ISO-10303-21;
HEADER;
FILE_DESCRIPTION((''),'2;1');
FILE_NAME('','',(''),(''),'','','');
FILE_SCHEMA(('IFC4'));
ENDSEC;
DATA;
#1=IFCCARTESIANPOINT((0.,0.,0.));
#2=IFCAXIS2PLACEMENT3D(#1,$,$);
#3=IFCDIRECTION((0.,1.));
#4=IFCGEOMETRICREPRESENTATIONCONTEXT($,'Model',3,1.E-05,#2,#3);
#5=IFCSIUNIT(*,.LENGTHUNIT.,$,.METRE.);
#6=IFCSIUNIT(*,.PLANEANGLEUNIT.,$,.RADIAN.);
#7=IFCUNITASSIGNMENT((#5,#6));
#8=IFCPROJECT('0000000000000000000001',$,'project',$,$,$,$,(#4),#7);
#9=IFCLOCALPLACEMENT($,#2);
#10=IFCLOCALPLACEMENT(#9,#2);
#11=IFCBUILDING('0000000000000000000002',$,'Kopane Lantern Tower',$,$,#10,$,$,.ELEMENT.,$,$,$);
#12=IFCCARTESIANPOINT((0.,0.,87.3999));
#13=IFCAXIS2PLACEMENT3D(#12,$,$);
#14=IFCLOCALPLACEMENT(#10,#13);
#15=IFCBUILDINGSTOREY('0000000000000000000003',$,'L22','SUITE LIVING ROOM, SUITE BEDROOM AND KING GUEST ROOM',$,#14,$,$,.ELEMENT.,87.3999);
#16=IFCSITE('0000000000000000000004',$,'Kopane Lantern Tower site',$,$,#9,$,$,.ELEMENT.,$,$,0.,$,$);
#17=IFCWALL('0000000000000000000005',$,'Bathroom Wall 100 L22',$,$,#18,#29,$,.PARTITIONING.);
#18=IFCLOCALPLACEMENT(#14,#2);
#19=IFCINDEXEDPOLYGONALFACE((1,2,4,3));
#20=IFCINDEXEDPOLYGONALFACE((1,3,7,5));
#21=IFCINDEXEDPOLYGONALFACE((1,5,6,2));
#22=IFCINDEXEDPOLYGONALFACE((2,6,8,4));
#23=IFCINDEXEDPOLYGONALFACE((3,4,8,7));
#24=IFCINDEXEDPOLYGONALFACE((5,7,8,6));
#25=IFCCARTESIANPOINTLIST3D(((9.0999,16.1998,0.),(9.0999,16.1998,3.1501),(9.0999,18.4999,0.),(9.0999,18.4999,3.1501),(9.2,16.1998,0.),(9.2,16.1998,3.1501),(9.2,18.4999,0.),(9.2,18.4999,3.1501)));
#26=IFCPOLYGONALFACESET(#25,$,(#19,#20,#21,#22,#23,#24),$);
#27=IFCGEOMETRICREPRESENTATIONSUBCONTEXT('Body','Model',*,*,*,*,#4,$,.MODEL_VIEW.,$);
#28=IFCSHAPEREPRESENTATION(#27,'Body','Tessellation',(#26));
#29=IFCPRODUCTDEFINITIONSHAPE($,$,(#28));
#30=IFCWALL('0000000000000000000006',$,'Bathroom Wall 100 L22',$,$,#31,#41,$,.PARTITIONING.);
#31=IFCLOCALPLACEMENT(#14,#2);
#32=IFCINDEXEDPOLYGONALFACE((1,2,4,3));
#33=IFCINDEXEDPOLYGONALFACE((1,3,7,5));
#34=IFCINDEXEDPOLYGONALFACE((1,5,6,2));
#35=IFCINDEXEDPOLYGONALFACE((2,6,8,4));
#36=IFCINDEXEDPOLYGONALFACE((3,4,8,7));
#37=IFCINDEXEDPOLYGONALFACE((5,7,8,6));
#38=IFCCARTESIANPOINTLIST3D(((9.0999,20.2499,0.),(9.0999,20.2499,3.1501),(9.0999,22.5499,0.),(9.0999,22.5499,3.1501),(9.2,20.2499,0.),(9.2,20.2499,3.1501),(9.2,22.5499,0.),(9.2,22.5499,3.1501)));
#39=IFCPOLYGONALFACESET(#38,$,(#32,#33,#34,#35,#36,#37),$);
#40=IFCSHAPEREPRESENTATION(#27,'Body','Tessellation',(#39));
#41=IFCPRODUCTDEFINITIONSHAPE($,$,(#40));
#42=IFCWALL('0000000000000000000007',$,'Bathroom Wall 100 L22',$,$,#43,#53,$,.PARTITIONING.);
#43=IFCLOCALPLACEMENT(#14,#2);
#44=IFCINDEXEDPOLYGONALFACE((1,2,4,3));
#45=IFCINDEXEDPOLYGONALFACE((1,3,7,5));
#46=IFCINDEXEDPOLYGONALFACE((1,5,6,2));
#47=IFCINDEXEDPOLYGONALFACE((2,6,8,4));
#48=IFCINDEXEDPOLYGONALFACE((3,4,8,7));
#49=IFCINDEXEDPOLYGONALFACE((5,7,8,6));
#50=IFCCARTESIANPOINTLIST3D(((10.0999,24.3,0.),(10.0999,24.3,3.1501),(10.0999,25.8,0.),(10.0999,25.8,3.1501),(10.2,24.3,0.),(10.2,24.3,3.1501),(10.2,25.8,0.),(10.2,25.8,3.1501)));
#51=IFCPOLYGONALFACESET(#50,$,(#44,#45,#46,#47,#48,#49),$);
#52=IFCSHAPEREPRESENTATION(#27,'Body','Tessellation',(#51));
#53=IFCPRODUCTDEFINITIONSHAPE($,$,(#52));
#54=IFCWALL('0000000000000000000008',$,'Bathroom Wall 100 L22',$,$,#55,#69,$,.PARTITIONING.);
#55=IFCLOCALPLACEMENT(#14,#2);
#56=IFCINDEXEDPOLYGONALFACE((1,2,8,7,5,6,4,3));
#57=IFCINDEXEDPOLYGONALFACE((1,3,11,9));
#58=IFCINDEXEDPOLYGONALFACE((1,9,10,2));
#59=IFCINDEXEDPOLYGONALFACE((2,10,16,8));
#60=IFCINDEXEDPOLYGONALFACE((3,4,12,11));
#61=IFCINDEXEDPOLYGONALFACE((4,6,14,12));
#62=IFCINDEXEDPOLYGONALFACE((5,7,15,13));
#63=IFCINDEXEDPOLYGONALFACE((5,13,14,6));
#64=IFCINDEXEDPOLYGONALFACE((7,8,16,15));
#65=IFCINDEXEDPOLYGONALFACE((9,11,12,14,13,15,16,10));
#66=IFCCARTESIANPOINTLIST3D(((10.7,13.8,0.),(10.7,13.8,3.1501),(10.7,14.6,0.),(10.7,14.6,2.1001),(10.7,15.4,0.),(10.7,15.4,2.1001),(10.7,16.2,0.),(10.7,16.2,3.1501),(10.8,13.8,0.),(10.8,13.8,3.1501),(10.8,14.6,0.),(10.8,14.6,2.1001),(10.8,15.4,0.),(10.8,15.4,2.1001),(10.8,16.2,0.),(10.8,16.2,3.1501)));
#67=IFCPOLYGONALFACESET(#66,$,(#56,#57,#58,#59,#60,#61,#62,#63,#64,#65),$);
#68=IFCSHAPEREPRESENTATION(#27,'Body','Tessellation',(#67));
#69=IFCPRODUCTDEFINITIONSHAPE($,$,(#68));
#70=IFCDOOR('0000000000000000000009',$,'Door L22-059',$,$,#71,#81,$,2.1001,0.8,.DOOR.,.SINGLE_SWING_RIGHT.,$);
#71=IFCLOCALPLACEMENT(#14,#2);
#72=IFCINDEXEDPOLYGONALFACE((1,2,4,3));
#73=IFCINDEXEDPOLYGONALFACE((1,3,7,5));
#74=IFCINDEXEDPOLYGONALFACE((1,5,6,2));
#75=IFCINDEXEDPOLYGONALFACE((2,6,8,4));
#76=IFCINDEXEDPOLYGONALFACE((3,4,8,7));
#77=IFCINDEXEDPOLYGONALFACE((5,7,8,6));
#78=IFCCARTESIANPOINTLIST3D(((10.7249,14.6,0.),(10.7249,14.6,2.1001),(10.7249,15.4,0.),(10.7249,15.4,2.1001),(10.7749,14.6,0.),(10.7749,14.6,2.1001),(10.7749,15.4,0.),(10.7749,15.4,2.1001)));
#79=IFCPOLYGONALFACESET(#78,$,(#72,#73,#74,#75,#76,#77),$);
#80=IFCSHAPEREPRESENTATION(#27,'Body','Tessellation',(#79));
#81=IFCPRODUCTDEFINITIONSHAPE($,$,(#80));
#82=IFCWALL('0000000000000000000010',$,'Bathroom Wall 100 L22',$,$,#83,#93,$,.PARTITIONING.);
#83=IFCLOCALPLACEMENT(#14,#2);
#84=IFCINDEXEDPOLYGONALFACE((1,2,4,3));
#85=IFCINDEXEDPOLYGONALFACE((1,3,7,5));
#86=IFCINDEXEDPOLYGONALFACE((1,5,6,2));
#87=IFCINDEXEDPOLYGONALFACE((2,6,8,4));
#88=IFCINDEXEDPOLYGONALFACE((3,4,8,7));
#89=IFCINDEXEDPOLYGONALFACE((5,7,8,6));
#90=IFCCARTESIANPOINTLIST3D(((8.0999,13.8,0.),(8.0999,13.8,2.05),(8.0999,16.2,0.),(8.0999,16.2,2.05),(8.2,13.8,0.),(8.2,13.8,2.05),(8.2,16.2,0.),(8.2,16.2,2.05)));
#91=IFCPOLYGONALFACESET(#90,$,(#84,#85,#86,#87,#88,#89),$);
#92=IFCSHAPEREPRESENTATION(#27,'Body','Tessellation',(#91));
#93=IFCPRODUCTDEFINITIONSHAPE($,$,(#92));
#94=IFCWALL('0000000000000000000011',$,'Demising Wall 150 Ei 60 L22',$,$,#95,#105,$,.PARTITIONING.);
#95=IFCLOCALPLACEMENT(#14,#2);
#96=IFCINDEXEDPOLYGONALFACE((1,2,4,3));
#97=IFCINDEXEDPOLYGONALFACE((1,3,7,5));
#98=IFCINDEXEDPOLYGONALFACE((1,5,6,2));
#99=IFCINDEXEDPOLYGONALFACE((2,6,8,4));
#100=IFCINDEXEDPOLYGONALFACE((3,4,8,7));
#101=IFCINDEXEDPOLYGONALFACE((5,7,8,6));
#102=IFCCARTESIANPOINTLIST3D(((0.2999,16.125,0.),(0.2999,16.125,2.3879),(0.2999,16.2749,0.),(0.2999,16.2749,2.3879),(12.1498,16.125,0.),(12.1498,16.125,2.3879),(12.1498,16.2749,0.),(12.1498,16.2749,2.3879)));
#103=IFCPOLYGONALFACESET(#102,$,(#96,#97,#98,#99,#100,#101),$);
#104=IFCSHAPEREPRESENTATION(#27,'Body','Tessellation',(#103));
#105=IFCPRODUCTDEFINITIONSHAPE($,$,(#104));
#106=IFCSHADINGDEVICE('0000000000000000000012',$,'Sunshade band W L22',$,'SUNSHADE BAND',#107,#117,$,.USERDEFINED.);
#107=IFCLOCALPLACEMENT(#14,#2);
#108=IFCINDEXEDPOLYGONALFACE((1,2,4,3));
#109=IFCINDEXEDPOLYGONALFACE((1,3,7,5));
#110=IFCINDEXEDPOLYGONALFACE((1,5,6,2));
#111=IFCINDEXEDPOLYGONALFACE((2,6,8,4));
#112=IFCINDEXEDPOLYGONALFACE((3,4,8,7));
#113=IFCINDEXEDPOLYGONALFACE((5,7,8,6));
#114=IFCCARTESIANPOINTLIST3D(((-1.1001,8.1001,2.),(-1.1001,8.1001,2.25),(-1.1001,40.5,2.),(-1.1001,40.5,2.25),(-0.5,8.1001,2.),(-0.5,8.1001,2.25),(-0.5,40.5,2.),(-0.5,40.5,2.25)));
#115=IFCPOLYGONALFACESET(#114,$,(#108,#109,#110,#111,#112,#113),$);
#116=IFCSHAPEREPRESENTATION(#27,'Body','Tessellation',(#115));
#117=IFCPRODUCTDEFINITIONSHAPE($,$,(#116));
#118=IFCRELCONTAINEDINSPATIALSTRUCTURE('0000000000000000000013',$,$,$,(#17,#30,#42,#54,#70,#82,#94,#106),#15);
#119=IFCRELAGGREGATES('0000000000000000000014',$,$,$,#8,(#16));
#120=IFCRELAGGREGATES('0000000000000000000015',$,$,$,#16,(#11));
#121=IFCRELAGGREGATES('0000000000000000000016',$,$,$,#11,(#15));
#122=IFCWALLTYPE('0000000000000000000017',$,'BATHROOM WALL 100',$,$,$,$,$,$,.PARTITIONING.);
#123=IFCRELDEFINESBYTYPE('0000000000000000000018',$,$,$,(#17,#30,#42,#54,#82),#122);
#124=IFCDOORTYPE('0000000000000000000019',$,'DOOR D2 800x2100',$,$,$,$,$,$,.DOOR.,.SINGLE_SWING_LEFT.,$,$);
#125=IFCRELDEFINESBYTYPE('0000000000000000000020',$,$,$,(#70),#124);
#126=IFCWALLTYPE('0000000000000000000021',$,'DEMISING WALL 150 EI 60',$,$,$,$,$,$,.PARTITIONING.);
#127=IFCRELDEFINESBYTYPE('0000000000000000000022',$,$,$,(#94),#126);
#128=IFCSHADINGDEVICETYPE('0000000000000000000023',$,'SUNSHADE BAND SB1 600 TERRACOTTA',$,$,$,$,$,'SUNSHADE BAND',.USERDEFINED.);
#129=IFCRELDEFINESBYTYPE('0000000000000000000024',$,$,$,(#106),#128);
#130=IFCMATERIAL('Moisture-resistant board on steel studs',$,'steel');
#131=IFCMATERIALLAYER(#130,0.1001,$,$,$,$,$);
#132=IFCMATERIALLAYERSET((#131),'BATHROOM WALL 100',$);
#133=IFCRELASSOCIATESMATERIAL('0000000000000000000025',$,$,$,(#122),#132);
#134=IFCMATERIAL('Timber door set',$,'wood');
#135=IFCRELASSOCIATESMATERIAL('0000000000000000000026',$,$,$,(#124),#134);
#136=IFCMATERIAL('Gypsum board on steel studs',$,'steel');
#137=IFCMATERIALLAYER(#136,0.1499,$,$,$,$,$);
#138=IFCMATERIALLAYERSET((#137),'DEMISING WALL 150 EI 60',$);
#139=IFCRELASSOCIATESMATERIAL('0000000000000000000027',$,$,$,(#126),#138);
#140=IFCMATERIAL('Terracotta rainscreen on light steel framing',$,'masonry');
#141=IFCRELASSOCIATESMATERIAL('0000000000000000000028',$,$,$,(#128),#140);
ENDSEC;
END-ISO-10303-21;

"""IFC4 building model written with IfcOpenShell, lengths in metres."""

from ifc_helpers import new_model, si_unit, direction, frame, frame_2d, origin, origin_2d, place, context, subcontext, project, spatial, rectangle, extrude, material, layer, layer_set, type_object, element, fill, save


model = new_model("IFC4")

# Units and contexts
model_context = context("Model", 3, precision=1e-05, world=origin(), true_north=direction((0.0, 1.0)))
body_context = subcontext(model_context, "Body", "Model", "MODEL_VIEW")
ifc_project = project(units=[si_unit("LENGTHUNIT", "METRE"), si_unit("PLANEANGLEUNIT", "RADIAN")], contexts=[model_context])

# Site, building, storey
site_placement = place(None, origin())
site = spatial("IfcSite", under=ifc_project, at=site_placement, Name="Kopane Lantern Tower site", CompositionType="ELEMENT", RefElevation=0.0)
building_placement = place(site_placement, origin())
building = spatial("IfcBuilding", under=site, at=building_placement, Name="Kopane Lantern Tower", CompositionType="ELEMENT")
storey_placement = place(building_placement, frame((0.0, 0.0, 87.3999)))
storey = spatial("IfcBuildingStorey", under=building, at=storey_placement, Name="L22", Description="SUITE LIVING ROOM, SUITE BEDROOM AND KING GUEST ROOM", CompositionType="ELEMENT", Elevation=87.3999)

# Walls
ifc_material_1 = material(Name="Moisture-resistant board on steel studs", Category="steel")
ifc_layer_1 = layer(ifc_material_1, 0.1001)
ifc_layer_set_1 = layer_set([ifc_layer_1], Name="BATHROOM WALL 100")
wall_type_1 = type_object("IfcWallType", Name="BATHROOM WALL 100", PredefinedType="PARTITIONING", material=ifc_layer_set_1)
for number, where, z_axis, x_axis, name in (
    (1, (9.1499, 16.2, 0.0), (0.0, 0.0, 1.0), (0.0, 1.0, 0.0), "Bathroom Wall 100 L22"),
    (2, (9.1499, 20.25, 0.0), (0.0, 0.0, 1.0), (0.0, 1.0, 0.0), "Bathroom Wall 100 L22"),
):
    element("IfcWall", number, at=place(storey_placement, frame(where, z_axis=z_axis, x_axis=x_axis)), inside=storey, type_object=wall_type_1, Name=name, PredefinedType="PARTITIONING", context=body_context, shape_type="SweptSolid", body=[
        extrude(rectangle(XDim=2.3, YDim=0.1001, at=frame_2d((1.1499, 0.0))), origin(), (0.0, 0.0, 1.0), 3.1501),
    ])
wall_1_placement = place(storey_placement, frame((10.1499, 24.3, 0.0), z_axis=(0.0, 0.0, 1.0), x_axis=(0.0, 1.0, 0.0)))
element("IfcWall", 3, at=wall_1_placement, inside=storey, type_object=wall_type_1, Name="Bathroom Wall 100 L22", PredefinedType="PARTITIONING", context=body_context, shape_type="SweptSolid", body=[
    extrude(rectangle(XDim=1.5, YDim=0.1001, at=frame_2d((0.75, 0.0))), origin(), (0.0, 0.0, 1.0), 3.1501),
])

# Wall, opening, door
wall_2_placement = place(storey_placement, frame((10.75, 16.2, 0.0), z_axis=(0.0, 0.0, 1.0), x_axis=(0.0, -1.0, 0.0)))
wall_2 = element("IfcWall", 4, at=wall_2_placement, inside=storey, type_object=wall_type_1, Name="Bathroom Wall 100 L22", PredefinedType="PARTITIONING", context=body_context, shape_type="SweptSolid", body=[
    extrude(rectangle(XDim=2.3999, YDim=0.1001, at=frame_2d((1.2, 0.0))), origin(), (0.0, 0.0, 1.0), 3.1501),
])
opening_1_placement = place(wall_2_placement, frame((0.8, 0.0, 0.0)))
opening_1 = element("IfcOpeningElement", 5, at=opening_1_placement, cuts=wall_2, PredefinedType="OPENING", context=body_context, shape_type="SweptSolid", body=[
    extrude(rectangle(XDim=0.8, YDim=2.1001, at=frame_2d((0.3999, 1.05))), frame((0.0, 0.0601, 0.0), z_axis=(0.0, -1.0, 0.0), x_axis=(1.0, 0.0, 0.0)), (0.0, 0.0, 1.0), 0.1201),
])
ifc_material_2 = material(Name="Timber door set", Category="wood")
door_type_1 = type_object("IfcDoorType", Name="DOOR D2 800x2100", OperationType="SINGLE_SWING_LEFT", PredefinedType="DOOR", material=ifc_material_2)
door_1_placement = place(opening_1_placement, origin())
door_1 = element("IfcDoor", 6, at=door_1_placement, inside=storey, type_object=door_type_1, Name="Door L22-059", OperationType="SINGLE_SWING_RIGHT", OverallHeight=2.1001, OverallWidth=0.8, PredefinedType="DOOR", context=body_context, shape_type="SweptSolid", body=[
    extrude(rectangle(XDim=0.8, YDim=2.1001, at=frame_2d((0.3999, 1.05))), frame((0.0, 0.0249, 0.0), z_axis=(0.0, -1.0, 0.0), x_axis=(1.0, 0.0, 0.0)), (0.0, 0.0, 1.0), 0.05),
])
fill(opening_1, door_1)

# Walls
wall_3_placement = place(storey_placement, frame((8.1499, 16.2, 0.0), z_axis=(0.0, 0.0, 1.0), x_axis=(0.0, -1.0, 0.0)))
element("IfcWall", 7, at=wall_3_placement, inside=storey, type_object=wall_type_1, Name="Bathroom Wall 100 L22", PredefinedType="PARTITIONING", context=body_context, shape_type="SweptSolid", body=[
    extrude(rectangle(XDim=2.3999, YDim=0.1001, at=frame_2d((1.2, 0.0))), origin(), (0.0, 0.0, 1.0), 2.05),
])
ifc_material_3 = material(Name="Gypsum board on steel studs", Category="steel")
ifc_layer_2 = layer(ifc_material_3, 0.1499)
ifc_layer_set_2 = layer_set([ifc_layer_2], Name="DEMISING WALL 150 EI 60")
wall_type_2 = type_object("IfcWallType", Name="DEMISING WALL 150 EI 60", PredefinedType="PARTITIONING", material=ifc_layer_set_2)
wall_4_placement = place(storey_placement, frame((0.3, 16.2, 0.0), z_axis=(0.0, 0.0, 1.0), x_axis=(1.0, 0.0, 0.0)))
element("IfcWall", 8, at=wall_4_placement, inside=storey, type_object=wall_type_2, Name="Demising Wall 150 Ei 60 L22", PredefinedType="PARTITIONING", context=body_context, shape_type="SweptSolid", body=[
    extrude(rectangle(XDim=11.8499, YDim=0.1499, at=frame_2d((5.9248, 0.0))), origin(), (0.0, 0.0, 1.0), 2.3879),
])

# Shading device
ifc_material_4 = material(Name="Terracotta rainscreen on light steel framing", Category="masonry")
shading_device_type = type_object("IfcShadingDeviceType", Name="SUNSHADE BAND SB1 600 TERRACOTTA", ElementType="SUNSHADE BAND", PredefinedType="USERDEFINED", material=ifc_material_4)
shading_device_placement = place(storey_placement, frame((-0.8, 24.3, 2.0), z_axis=(0.0, 0.0, 1.0), x_axis=(0.0, -1.0, 0.0)))
element("IfcShadingDevice", 9, at=shading_device_placement, inside=storey, type_object=shading_device_type, Name="Sunshade band W L22", ObjectType="SUNSHADE BAND", PredefinedType="USERDEFINED", context=body_context, shape_type="SweptSolid", body=[
    extrude(rectangle(XDim=32.3999, YDim=0.6001, at=origin_2d()), origin(), (0.0, 0.0, 1.0), 0.25),
])

save(model, "model.ifc")
